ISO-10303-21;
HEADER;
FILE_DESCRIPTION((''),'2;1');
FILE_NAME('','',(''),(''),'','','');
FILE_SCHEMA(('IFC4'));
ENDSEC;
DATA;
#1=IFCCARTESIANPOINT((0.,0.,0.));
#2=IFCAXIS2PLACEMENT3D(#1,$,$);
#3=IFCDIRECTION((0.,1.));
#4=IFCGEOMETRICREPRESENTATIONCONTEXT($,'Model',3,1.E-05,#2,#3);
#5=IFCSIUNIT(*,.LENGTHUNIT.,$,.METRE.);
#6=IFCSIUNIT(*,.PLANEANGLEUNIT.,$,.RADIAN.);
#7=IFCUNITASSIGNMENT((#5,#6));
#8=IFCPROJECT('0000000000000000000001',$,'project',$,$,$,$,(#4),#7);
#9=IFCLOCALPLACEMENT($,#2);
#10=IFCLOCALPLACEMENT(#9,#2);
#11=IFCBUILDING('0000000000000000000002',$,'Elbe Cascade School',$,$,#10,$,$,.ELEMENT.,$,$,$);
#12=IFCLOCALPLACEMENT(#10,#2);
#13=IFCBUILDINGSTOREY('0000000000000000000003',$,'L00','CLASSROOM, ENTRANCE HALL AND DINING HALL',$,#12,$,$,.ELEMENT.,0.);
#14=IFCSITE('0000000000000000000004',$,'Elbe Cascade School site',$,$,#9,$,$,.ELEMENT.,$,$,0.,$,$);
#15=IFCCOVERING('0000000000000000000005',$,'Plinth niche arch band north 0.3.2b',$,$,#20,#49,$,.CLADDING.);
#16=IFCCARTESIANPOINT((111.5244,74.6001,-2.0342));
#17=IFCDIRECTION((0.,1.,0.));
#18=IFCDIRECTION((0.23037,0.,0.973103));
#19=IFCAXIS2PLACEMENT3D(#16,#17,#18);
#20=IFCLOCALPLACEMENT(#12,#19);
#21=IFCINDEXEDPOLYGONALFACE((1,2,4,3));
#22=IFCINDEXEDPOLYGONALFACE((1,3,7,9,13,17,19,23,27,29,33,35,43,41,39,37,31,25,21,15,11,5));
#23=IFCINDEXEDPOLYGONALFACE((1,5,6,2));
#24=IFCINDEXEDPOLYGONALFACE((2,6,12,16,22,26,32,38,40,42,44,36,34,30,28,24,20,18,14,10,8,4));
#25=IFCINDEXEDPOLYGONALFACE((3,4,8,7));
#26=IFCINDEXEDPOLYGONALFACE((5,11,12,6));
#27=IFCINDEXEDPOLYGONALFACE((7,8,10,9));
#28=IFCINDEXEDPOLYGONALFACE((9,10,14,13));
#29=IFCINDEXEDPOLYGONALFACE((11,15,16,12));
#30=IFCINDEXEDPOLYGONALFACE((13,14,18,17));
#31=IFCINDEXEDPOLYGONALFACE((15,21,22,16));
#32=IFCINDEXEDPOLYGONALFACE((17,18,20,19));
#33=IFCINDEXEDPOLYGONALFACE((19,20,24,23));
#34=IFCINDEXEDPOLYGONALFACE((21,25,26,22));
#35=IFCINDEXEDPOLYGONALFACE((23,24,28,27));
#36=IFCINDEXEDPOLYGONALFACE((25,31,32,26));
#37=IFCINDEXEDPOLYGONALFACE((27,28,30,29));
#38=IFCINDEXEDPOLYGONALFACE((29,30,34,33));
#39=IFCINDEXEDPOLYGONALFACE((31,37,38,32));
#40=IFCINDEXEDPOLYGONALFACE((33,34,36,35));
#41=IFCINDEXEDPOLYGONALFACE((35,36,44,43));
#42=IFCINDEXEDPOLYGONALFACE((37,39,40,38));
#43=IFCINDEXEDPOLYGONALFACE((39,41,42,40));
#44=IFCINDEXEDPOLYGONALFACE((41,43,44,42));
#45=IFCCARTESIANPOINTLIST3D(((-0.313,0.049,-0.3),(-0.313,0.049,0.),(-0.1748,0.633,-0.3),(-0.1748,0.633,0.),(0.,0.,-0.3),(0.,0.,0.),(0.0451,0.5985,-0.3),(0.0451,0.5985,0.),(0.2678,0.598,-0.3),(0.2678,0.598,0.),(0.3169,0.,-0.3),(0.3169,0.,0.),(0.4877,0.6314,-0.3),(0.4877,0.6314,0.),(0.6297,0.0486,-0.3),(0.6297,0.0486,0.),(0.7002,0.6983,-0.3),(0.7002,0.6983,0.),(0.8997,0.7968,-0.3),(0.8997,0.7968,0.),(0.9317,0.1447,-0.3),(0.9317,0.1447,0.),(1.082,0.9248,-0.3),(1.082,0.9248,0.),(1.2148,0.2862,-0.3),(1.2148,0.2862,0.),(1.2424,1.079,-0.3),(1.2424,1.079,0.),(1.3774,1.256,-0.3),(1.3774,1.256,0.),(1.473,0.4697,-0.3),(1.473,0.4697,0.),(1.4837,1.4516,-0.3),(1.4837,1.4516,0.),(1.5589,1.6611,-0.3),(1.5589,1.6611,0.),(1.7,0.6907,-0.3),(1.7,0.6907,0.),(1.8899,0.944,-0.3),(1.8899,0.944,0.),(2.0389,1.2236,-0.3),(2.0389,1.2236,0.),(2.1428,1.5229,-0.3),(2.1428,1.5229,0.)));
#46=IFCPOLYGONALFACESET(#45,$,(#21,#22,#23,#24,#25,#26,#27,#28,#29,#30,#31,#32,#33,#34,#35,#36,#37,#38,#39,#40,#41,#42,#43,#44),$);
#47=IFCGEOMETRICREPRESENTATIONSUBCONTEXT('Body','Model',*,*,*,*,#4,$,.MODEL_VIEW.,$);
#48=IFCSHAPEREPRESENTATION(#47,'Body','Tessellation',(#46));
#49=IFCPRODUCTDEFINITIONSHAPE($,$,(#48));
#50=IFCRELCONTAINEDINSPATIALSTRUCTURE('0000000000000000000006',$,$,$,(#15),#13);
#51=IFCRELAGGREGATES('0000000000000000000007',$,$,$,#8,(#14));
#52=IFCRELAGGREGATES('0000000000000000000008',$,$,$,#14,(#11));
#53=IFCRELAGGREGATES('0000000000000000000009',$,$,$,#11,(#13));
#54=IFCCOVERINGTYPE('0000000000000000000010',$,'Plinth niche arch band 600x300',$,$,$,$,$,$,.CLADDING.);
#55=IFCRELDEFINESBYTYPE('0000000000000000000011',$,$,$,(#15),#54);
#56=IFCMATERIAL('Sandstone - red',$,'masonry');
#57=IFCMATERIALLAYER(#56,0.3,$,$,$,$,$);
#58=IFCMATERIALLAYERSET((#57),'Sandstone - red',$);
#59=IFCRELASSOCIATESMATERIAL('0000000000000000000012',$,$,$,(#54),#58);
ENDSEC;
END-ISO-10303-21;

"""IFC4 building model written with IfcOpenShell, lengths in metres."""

from ifc_helpers import new_model, si_unit, direction, frame, origin, place, context, subcontext, project, spatial, polyline, outline, extrude, material, layer, layer_set, type_object, element, save


model = new_model("IFC4")

# Units and contexts
model_context = context("Model", 3, precision=1e-05, world=origin(), true_north=direction((0.0, 1.0)))
body_context = subcontext(model_context, "Body", "Model", "MODEL_VIEW")
ifc_project = project(units=[si_unit("LENGTHUNIT", "METRE"), si_unit("PLANEANGLEUNIT", "RADIAN")], contexts=[model_context])

# Site, building, storey
site_placement = place(None, origin())
site = spatial("IfcSite", under=ifc_project, at=site_placement, Name="Elbe Cascade School site", CompositionType="ELEMENT", RefElevation=0.0)
building_placement = place(site_placement, origin())
building = spatial("IfcBuilding", under=site, at=building_placement, Name="Elbe Cascade School", CompositionType="ELEMENT")
storey_placement = place(building_placement, origin())
storey = spatial("IfcBuildingStorey", under=building, at=storey_placement, Name="L00", Description="CLASSROOM, ENTRANCE HALL AND DINING HALL", CompositionType="ELEMENT", Elevation=0.0)

# Covering
ifc_material_1 = material(Name="Sandstone - red", Category="masonry")
ifc_layer_1 = layer(ifc_material_1, 0.3)
ifc_layer_set_1 = layer_set([ifc_layer_1], Name="Sandstone - red")
covering_type_1 = type_object("IfcCoveringType", Name="Plinth niche arch band 600x300", PredefinedType="CLADDING", material=ifc_layer_set_1)
covering_1_placement = place(storey_placement, frame((111.5244, 74.6001, -2.0342), z_axis=(0.0, 1.0, 0.0), x_axis=(0.23037, 0.0, 0.973103)))
element("IfcCovering", 1, at=covering_1_placement, inside=storey, type_object=covering_type_1, Name="Plinth niche arch band north 0.3.2b", PredefinedType="CLADDING", context=body_context, shape_type="SweptSolid", body=[
    extrude(outline(polyline([(0.0, 0.0), (0.3169, 0.0), (0.6297, 0.0486), (0.9317, 0.1447), (1.2148, 0.2862), (1.473, 0.4697), (1.7, 0.6907), (1.8899, 0.944), (2.0389, 1.2236), (2.1428, 1.5229), (1.5589, 1.6611), (1.4837, 1.4516), (1.3774, 1.256), (1.2424, 1.079), (1.082, 0.9248), (0.8997, 0.7968), (0.7002, 0.6983), (0.4877, 0.6314), (0.2678, 0.598), (0.0451, 0.5985), (-0.1748, 0.633), (-0.313, 0.049), (0.0, 0.0)])), origin(), (0.0, 0.0, -1.0), 0.3),
])

save(model, "model.ifc")
